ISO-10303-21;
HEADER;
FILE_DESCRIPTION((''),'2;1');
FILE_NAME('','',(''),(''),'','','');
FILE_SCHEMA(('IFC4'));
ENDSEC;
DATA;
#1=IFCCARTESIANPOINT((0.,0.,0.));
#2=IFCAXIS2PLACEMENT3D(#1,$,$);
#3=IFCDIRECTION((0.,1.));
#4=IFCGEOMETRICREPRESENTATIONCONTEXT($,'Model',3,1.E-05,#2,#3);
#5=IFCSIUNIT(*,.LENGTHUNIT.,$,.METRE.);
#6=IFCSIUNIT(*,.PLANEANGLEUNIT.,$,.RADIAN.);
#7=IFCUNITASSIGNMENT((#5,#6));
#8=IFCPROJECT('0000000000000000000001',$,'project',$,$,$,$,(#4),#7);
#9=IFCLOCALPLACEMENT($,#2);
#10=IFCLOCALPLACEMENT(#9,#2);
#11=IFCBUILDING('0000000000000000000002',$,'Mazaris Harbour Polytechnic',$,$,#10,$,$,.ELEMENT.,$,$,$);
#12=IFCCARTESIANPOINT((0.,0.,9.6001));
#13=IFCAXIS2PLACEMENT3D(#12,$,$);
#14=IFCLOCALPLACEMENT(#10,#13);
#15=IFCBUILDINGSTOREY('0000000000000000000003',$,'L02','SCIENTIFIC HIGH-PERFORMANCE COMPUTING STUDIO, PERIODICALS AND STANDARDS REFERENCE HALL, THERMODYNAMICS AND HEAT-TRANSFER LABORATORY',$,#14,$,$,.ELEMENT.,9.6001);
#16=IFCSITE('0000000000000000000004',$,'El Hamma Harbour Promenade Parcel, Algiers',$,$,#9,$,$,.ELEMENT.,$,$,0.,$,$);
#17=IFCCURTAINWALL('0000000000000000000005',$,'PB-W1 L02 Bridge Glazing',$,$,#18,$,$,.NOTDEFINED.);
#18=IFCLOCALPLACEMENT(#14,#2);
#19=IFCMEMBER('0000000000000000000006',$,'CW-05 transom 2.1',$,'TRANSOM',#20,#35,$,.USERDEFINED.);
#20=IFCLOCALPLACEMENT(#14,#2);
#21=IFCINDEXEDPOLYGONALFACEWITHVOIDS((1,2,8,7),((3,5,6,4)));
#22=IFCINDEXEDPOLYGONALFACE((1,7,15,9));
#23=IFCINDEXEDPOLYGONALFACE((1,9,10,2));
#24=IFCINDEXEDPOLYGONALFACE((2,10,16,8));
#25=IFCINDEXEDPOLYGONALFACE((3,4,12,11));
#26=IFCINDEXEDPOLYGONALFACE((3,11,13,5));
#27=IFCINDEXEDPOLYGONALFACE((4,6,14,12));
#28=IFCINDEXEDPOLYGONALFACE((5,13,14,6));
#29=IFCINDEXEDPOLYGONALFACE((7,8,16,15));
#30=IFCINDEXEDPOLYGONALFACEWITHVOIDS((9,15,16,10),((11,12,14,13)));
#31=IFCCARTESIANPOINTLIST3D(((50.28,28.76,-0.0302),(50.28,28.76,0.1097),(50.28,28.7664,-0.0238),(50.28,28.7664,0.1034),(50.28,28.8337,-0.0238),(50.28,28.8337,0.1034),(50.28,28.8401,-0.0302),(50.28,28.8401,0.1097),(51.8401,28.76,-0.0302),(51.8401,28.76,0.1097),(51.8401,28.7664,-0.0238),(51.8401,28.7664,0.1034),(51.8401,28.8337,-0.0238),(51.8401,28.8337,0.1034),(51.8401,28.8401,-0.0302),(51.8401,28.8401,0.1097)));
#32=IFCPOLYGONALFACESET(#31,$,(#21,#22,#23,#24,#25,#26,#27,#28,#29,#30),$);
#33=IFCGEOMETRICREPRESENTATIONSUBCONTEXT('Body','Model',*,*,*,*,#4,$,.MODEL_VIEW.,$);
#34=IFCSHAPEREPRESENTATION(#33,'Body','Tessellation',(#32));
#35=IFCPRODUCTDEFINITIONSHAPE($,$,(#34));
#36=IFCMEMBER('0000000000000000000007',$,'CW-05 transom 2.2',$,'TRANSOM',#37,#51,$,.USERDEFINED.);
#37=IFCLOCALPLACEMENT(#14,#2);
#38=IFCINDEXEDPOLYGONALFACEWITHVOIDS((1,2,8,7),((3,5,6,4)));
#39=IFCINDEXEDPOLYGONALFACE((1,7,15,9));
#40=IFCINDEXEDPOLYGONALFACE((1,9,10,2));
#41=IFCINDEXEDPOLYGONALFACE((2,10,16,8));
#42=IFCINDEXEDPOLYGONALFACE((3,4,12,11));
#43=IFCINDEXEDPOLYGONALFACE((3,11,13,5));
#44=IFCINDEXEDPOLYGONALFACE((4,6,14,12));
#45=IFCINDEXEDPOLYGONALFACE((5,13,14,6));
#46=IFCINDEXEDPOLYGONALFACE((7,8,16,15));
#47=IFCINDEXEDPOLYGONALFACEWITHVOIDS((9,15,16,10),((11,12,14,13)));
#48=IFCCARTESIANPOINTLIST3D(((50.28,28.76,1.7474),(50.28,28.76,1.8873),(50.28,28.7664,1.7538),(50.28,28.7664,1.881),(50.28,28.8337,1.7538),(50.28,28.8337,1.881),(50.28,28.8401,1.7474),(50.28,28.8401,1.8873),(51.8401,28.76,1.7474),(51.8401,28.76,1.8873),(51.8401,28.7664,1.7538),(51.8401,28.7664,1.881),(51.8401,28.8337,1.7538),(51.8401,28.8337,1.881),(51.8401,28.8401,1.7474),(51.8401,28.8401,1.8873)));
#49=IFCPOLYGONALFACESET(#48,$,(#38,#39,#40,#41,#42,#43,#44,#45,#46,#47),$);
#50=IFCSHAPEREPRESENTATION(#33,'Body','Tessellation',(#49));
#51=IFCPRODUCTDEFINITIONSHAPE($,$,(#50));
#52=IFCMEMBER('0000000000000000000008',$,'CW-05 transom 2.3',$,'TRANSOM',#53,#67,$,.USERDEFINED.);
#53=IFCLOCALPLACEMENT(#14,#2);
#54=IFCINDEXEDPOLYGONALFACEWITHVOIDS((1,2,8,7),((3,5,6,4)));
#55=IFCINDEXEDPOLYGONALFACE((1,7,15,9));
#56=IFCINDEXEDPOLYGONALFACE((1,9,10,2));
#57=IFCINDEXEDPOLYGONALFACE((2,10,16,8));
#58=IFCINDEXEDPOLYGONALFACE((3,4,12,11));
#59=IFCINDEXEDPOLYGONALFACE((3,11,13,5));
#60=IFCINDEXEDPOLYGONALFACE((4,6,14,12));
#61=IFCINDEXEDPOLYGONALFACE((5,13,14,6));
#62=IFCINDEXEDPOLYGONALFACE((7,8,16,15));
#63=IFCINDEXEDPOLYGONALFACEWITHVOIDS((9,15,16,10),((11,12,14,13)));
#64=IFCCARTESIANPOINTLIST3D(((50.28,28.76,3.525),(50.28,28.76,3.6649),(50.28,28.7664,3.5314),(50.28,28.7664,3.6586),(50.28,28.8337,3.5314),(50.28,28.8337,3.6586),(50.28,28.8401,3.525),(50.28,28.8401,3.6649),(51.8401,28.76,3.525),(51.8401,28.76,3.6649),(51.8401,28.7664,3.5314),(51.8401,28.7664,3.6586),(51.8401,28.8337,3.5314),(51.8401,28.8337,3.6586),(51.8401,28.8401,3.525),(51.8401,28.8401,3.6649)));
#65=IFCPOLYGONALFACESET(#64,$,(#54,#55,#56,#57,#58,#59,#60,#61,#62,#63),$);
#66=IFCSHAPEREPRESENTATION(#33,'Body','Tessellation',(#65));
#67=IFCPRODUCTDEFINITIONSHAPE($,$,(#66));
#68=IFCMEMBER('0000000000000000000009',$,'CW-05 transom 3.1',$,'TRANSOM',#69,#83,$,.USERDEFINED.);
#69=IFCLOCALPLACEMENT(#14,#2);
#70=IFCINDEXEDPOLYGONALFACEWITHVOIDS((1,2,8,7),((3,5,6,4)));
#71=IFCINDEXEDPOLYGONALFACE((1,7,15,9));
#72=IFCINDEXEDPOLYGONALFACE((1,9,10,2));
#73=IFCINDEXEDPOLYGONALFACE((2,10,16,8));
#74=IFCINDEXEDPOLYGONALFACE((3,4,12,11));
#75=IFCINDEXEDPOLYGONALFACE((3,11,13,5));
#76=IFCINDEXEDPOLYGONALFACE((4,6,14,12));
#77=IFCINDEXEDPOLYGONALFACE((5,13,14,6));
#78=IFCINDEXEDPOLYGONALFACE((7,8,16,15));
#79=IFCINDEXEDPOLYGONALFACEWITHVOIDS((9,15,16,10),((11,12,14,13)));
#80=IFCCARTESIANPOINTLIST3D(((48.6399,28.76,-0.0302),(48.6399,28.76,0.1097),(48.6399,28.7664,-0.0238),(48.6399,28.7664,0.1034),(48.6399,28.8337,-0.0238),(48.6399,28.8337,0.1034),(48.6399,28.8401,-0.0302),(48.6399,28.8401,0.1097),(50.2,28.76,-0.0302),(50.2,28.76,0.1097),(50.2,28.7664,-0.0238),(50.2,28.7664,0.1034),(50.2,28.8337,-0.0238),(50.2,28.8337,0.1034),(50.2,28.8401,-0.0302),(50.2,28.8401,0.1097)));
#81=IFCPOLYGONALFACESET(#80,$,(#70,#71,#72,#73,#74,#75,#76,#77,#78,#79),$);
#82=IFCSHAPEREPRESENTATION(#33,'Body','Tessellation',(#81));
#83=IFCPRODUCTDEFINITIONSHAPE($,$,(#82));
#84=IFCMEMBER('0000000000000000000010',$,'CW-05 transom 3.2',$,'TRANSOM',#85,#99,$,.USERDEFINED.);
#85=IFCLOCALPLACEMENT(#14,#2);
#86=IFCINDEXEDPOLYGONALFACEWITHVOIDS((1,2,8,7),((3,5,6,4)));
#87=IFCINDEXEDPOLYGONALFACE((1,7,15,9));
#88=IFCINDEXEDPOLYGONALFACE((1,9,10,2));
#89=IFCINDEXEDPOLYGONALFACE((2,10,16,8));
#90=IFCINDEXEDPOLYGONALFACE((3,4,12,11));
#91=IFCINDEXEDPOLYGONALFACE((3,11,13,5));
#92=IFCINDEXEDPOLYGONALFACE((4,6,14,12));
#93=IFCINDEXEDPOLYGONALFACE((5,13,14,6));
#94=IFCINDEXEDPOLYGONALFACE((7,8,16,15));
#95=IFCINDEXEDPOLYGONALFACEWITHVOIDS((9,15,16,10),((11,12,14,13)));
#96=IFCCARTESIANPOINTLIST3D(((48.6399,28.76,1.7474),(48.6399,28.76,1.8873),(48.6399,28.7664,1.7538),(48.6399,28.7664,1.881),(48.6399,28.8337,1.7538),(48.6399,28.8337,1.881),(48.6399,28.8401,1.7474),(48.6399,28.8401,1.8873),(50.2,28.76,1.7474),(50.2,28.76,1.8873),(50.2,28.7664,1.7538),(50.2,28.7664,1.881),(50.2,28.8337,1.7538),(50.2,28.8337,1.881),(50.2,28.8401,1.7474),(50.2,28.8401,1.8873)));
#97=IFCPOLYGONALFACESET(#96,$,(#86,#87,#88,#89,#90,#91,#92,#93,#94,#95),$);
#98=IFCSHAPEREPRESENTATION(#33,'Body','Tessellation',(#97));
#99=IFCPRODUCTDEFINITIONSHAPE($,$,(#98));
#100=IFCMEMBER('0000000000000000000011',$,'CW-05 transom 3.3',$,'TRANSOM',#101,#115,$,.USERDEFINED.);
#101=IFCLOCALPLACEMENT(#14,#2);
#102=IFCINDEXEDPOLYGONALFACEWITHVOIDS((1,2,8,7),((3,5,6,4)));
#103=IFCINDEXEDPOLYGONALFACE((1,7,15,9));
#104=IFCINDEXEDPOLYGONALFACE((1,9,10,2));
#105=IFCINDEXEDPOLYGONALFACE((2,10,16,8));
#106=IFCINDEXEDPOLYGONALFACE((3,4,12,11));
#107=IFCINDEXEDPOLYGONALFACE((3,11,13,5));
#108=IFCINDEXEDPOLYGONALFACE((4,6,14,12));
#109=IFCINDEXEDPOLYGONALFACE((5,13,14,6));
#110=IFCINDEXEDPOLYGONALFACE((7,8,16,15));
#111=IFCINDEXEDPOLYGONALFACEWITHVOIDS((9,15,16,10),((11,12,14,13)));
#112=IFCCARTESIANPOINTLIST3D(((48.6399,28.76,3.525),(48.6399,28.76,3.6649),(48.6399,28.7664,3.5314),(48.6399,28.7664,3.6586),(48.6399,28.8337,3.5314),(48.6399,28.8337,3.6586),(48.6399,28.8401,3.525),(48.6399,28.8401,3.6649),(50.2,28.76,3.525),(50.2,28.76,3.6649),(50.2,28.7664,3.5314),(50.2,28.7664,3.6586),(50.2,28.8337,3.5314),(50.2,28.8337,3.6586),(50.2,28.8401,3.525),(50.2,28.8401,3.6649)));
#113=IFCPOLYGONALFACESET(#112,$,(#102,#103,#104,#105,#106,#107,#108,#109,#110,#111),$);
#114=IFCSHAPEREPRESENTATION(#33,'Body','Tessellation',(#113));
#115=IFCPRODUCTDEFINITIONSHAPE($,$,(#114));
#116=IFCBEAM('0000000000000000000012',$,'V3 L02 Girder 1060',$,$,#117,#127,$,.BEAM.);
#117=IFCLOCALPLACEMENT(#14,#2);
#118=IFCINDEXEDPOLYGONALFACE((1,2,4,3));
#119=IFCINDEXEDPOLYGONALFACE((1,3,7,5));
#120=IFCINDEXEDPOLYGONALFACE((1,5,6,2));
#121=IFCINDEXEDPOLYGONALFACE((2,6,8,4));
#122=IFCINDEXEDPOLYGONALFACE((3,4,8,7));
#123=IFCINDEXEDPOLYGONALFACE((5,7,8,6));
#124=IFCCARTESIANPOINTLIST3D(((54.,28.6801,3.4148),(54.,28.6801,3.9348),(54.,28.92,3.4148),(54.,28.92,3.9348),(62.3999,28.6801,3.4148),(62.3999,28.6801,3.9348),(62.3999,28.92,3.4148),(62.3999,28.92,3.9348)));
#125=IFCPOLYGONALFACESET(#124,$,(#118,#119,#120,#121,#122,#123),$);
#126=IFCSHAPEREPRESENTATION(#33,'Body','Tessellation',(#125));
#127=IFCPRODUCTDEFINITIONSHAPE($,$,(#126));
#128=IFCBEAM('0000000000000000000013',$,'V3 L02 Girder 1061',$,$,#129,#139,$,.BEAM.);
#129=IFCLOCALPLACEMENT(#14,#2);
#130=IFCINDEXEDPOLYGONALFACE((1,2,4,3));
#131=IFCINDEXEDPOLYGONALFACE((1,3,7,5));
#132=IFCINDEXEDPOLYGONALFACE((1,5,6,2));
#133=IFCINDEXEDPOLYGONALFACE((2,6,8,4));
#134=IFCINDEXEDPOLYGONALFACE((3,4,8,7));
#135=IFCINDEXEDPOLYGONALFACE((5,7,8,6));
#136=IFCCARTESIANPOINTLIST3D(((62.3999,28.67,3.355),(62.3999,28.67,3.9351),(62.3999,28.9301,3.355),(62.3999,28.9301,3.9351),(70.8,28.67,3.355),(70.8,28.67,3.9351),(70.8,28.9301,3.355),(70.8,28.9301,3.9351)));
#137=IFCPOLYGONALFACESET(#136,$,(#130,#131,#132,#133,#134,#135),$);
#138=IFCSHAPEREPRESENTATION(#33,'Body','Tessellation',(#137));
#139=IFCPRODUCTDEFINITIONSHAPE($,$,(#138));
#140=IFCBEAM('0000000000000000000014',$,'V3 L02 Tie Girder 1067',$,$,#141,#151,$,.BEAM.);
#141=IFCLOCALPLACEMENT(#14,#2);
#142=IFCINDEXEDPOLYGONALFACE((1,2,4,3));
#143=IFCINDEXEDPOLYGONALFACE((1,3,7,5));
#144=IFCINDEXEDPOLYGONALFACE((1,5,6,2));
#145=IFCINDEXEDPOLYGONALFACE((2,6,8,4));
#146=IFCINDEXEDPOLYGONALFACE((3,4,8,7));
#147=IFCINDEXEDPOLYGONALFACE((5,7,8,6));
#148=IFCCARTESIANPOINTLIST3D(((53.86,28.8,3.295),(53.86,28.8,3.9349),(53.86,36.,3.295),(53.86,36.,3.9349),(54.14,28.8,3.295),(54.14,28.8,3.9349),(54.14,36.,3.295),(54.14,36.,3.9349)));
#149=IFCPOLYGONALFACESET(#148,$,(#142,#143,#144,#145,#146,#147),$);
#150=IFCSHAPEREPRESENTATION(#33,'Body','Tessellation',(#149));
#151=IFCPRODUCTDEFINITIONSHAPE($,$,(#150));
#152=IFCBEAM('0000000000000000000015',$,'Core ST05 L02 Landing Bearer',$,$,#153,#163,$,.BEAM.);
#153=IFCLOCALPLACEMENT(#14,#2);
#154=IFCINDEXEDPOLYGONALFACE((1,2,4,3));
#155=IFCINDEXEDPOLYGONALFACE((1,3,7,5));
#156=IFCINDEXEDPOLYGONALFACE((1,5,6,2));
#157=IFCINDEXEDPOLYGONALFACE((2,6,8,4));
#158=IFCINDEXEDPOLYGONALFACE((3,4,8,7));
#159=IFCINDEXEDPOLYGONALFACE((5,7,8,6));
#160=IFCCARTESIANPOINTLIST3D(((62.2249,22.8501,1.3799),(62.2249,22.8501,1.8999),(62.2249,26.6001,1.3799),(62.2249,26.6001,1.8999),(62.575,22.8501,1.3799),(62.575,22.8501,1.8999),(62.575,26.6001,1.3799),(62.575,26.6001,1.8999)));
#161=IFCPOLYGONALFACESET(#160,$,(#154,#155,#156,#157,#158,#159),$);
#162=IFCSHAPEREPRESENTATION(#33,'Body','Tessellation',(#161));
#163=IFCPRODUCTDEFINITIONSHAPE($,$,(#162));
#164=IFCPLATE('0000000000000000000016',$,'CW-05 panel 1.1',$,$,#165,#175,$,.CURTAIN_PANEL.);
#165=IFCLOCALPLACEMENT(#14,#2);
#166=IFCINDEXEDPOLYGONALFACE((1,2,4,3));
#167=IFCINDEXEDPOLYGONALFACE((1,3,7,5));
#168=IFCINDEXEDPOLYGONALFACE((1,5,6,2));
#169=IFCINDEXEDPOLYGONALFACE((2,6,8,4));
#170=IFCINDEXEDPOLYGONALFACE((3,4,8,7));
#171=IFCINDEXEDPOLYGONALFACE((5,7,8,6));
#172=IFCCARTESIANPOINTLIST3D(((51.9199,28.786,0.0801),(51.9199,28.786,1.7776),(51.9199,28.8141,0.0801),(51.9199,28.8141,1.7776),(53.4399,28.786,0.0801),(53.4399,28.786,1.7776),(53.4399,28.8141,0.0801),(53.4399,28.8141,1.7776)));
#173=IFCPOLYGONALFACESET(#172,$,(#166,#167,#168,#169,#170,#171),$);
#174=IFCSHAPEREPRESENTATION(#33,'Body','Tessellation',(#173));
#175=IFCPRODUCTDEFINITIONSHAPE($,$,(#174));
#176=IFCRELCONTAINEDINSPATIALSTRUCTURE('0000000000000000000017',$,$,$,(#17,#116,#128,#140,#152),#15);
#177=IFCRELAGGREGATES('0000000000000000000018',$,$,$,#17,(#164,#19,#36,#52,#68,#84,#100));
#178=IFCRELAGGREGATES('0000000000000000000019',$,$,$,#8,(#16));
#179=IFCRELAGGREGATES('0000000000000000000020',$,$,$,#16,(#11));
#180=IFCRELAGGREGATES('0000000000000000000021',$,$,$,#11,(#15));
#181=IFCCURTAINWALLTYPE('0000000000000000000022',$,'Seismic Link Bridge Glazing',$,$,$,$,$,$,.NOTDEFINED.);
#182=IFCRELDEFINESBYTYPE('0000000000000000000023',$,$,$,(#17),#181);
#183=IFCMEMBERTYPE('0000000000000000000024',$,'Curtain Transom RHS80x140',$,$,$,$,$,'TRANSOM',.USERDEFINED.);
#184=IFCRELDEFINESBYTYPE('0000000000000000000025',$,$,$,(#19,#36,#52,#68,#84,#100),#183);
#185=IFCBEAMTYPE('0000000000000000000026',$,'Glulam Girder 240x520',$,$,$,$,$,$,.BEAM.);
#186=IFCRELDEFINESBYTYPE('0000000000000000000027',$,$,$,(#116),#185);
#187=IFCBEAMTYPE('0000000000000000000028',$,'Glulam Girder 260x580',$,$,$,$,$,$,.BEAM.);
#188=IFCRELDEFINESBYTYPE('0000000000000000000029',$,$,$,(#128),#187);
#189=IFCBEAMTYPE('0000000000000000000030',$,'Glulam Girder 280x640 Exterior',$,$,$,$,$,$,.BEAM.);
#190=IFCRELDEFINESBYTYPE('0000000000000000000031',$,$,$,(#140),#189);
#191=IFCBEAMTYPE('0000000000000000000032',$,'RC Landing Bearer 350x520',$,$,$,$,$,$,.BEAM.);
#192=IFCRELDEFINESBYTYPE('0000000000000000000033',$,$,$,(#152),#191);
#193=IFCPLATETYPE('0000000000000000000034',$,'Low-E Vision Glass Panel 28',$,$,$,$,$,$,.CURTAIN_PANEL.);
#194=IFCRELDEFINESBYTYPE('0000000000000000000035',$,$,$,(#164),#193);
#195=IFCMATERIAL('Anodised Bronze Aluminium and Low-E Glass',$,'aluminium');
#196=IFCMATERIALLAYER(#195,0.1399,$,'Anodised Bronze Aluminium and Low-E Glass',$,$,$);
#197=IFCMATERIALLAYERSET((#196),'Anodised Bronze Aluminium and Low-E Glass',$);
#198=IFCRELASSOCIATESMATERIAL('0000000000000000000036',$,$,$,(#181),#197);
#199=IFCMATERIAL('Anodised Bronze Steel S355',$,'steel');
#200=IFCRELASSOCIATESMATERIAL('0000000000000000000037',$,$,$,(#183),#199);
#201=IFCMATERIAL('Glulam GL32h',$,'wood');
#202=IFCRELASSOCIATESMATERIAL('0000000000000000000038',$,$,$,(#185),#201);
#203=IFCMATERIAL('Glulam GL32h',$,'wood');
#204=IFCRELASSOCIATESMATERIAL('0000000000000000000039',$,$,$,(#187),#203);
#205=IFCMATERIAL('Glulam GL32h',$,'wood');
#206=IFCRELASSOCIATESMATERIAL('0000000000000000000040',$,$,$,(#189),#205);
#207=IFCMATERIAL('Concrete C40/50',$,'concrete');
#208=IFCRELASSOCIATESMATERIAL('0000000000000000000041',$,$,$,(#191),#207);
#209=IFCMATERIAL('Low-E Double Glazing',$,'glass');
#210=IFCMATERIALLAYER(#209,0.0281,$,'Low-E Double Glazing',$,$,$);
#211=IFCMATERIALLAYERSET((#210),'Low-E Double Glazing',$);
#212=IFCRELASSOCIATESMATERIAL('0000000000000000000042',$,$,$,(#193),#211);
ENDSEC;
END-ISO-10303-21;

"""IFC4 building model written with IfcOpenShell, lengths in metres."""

from ifc_helpers import new_model, si_unit, direction, frame, origin, origin_2d, place, context, subcontext, project, spatial, rectangle, hollow_rectangle, extrude, material, layer, layer_set, material_profile, profile_set, type_object, element, aggregate, save


model = new_model("IFC4")

# Units and contexts
model_context = context("Model", 3, precision=1e-05, world=origin(), true_north=direction((0.0, 1.0)))
body_context = subcontext(model_context, "Body", "Model", "MODEL_VIEW")
ifc_project = project(units=[si_unit("LENGTHUNIT", "METRE"), si_unit("PLANEANGLEUNIT", "RADIAN")], contexts=[model_context])

# Site, building, storey
site_placement = place(None, origin())
site = spatial("IfcSite", under=ifc_project, at=site_placement, Name="El Hamma Harbour Promenade Parcel, Algiers", CompositionType="ELEMENT", RefElevation=0.0)
building_placement = place(site_placement, origin())
building = spatial("IfcBuilding", under=site, at=building_placement, Name="Mazaris Harbour Polytechnic", CompositionType="ELEMENT")
storey_placement = place(building_placement, frame((0.0, 0.0, 9.6001)))
storey = spatial("IfcBuildingStorey", under=building, at=storey_placement, Name="L02", Description="SCIENTIFIC HIGH-PERFORMANCE COMPUTING STUDIO, PERIODICALS AND STANDARDS REFERENCE HALL, THERMODYNAMICS AND HEAT-TRANSFER LABORATORY", CompositionType="ELEMENT", Elevation=9.6001)

# Curtain wall, members
ifc_material_1 = material(Name="Anodised Bronze Aluminium and Low-E Glass", Category="aluminium")
ifc_layer_1 = layer(ifc_material_1, 0.1399, Name="Anodised Bronze Aluminium and Low-E Glass")
ifc_layer_set_1 = layer_set([ifc_layer_1], Name="Anodised Bronze Aluminium and Low-E Glass")
curtain_wall_type = type_object("IfcCurtainWallType", Name="Seismic Link Bridge Glazing", PredefinedType="NOTDEFINED", material=ifc_layer_set_1)
curtain_wall_placement = place(storey_placement, origin())
curtain_wall = element("IfcCurtainWall", 1, at=curtain_wall_placement, inside=storey, type_object=curtain_wall_type, Name="PB-W1 L02 Bridge Glazing", PredefinedType="NOTDEFINED")
ifc_material_2 = material(Name="Anodised Bronze Steel S355", Category="steel")
ifc_material_profile_1 = material_profile(ifc_material_2, hollow_rectangle(XDim=0.0801, YDim=0.1399, WallThickness=0.0063, at=origin_2d()), Name="RHS 80x140x6.3")
ifc_profile_set_1 = profile_set([ifc_material_profile_1], Name="Anodised Bronze Steel S355")
member_type_1 = type_object("IfcMemberType", Name="Curtain Transom RHS80x140", ElementType="TRANSOM", PredefinedType="USERDEFINED", material=ifc_profile_set_1)
member_1_placement = place(storey_placement, frame((51.8401, 28.8, 0.0398), z_axis=(-1.0, 0.0, 0.0), x_axis=(0.0, -1.0, 0.0)))
member_1 = element("IfcMember", 2, at=member_1_placement, type_object=member_type_1, Name="CW-05 transom 2.1", ObjectType="TRANSOM", PredefinedType="USERDEFINED", context=body_context, shape_type="SweptSolid", body=[
    extrude(hollow_rectangle(XDim=0.0801, YDim=0.1399, WallThickness=0.0063, at=origin_2d()), origin(), (0.0, 0.0, 1.0), 1.5601),
])
member_2_placement = place(storey_placement, frame((51.8401, 28.8, 1.8174), z_axis=(-1.0, 0.0, 0.0), x_axis=(0.0, -1.0, 0.0)))
member_2 = element("IfcMember", 3, at=member_2_placement, type_object=member_type_1, Name="CW-05 transom 2.2", ObjectType="TRANSOM", PredefinedType="USERDEFINED", context=body_context, shape_type="SweptSolid", body=[
    extrude(hollow_rectangle(XDim=0.0801, YDim=0.1399, WallThickness=0.0063, at=origin_2d()), origin(), (0.0, 0.0, 1.0), 1.5601),
])
member_3_placement = place(storey_placement, frame((51.8401, 28.8, 3.595), z_axis=(-1.0, 0.0, 0.0), x_axis=(0.0, -1.0, 0.0)))
member_3 = element("IfcMember", 4, at=member_3_placement, type_object=member_type_1, Name="CW-05 transom 2.3", ObjectType="TRANSOM", PredefinedType="USERDEFINED", context=body_context, shape_type="SweptSolid", body=[
    extrude(hollow_rectangle(XDim=0.0801, YDim=0.1399, WallThickness=0.0063, at=origin_2d()), origin(), (0.0, 0.0, 1.0), 1.5601),
])
member_4_placement = place(storey_placement, frame((50.2, 28.8, 0.0398), z_axis=(-1.0, 0.0, 0.0), x_axis=(0.0, -1.0, 0.0)))
member_4 = element("IfcMember", 5, at=member_4_placement, type_object=member_type_1, Name="CW-05 transom 3.1", ObjectType="TRANSOM", PredefinedType="USERDEFINED", context=body_context, shape_type="SweptSolid", body=[
    extrude(hollow_rectangle(XDim=0.0801, YDim=0.1399, WallThickness=0.0063, at=origin_2d()), origin(), (0.0, 0.0, 1.0), 1.5601),
])
member_5_placement = place(storey_placement, frame((50.2, 28.8, 1.8174), z_axis=(-1.0, 0.0, 0.0), x_axis=(0.0, -1.0, 0.0)))
member_5 = element("IfcMember", 6, at=member_5_placement, type_object=member_type_1, Name="CW-05 transom 3.2", ObjectType="TRANSOM", PredefinedType="USERDEFINED", context=body_context, shape_type="SweptSolid", body=[
    extrude(hollow_rectangle(XDim=0.0801, YDim=0.1399, WallThickness=0.0063, at=origin_2d()), origin(), (0.0, 0.0, 1.0), 1.5601),
])
member_6_placement = place(storey_placement, frame((50.2, 28.8, 3.595), z_axis=(-1.0, 0.0, 0.0), x_axis=(0.0, -1.0, 0.0)))
member_6 = element("IfcMember", 7, at=member_6_placement, type_object=member_type_1, Name="CW-05 transom 3.3", ObjectType="TRANSOM", PredefinedType="USERDEFINED", context=body_context, shape_type="SweptSolid", body=[
    extrude(hollow_rectangle(XDim=0.0801, YDim=0.1399, WallThickness=0.0063, at=origin_2d()), origin(), (0.0, 0.0, 1.0), 1.5601),
])

# Beams
ifc_material_3 = material(Name="Glulam GL32h", Category="wood")
ifc_material_profile_2 = material_profile(ifc_material_3, rectangle(XDim=0.24, YDim=0.52, at=origin_2d()), Name="RECT240x520")
ifc_profile_set_2 = profile_set([ifc_material_profile_2], Name="Glulam GL32h")
beam_type_1 = type_object("IfcBeamType", Name="Glulam Girder 240x520", PredefinedType="BEAM", material=ifc_profile_set_2)
beam_1_placement = place(storey_placement, frame((54.0, 28.8, 3.6748), z_axis=(1.0, 0.0, 0.0), x_axis=(0.0, 1.0, 0.0)))
element("IfcBeam", 8, at=beam_1_placement, inside=storey, type_object=beam_type_1, Name="V3 L02 Girder 1060", PredefinedType="BEAM", context=body_context, shape_type="SweptSolid", body=[
    extrude(rectangle(XDim=0.24, YDim=0.52, at=origin_2d()), origin(), (0.0, 0.0, 1.0), 8.3999),
])
ifc_material_4 = material(Name="Glulam GL32h", Category="wood")
ifc_material_profile_3 = material_profile(ifc_material_4, rectangle(XDim=0.26, YDim=0.5801, at=origin_2d()), Name="RECT260x580")
ifc_profile_set_3 = profile_set([ifc_material_profile_3], Name="Glulam GL32h")
beam_type_2 = type_object("IfcBeamType", Name="Glulam Girder 260x580", PredefinedType="BEAM", material=ifc_profile_set_3)
beam_2_placement = place(storey_placement, frame((62.3999, 28.8, 3.645), z_axis=(1.0, 0.0, 0.0), x_axis=(0.0, 1.0, 0.0)))
element("IfcBeam", 9, at=beam_2_placement, inside=storey, type_object=beam_type_2, Name="V3 L02 Girder 1061", PredefinedType="BEAM", context=body_context, shape_type="SweptSolid", body=[
    extrude(rectangle(XDim=0.26, YDim=0.5801, at=origin_2d()), origin(), (0.0, 0.0, 1.0), 8.4001),
])
ifc_material_5 = material(Name="Glulam GL32h", Category="wood")
ifc_material_profile_4 = material_profile(ifc_material_5, rectangle(XDim=0.28, YDim=0.6399, at=origin_2d()), Name="RECT280x640")
ifc_profile_set_4 = profile_set([ifc_material_profile_4], Name="Glulam GL32h")
beam_type_3 = type_object("IfcBeamType", Name="Glulam Girder 280x640 Exterior", PredefinedType="BEAM", material=ifc_profile_set_4)
beam_3_placement = place(storey_placement, frame((54.0, 28.8, 3.615), z_axis=(0.0, 1.0, 0.0), x_axis=(-1.0, 0.0, 0.0)))
element("IfcBeam", 10, at=beam_3_placement, inside=storey, type_object=beam_type_3, Name="V3 L02 Tie Girder 1067", PredefinedType="BEAM", context=body_context, shape_type="SweptSolid", body=[
    extrude(rectangle(XDim=0.28, YDim=0.6399, at=origin_2d()), origin(), (0.0, 0.0, 1.0), 7.2),
])
ifc_material_6 = material(Name="Concrete C40/50", Category="concrete")
ifc_material_profile_5 = material_profile(ifc_material_6, rectangle(XDim=0.3501, YDim=0.52, at=origin_2d()), Name="RECT350x520")
ifc_profile_set_5 = profile_set([ifc_material_profile_5], Name="Concrete C40/50")
beam_type_4 = type_object("IfcBeamType", Name="RC Landing Bearer 350x520", PredefinedType="BEAM", material=ifc_profile_set_5)
beam_4_placement = place(storey_placement, frame((62.3999, 22.8501, 1.6399), z_axis=(0.0, 1.0, 0.0), x_axis=(-1.0, 0.0, 0.0)))
element("IfcBeam", 11, at=beam_4_placement, inside=storey, type_object=beam_type_4, Name="Core ST05 L02 Landing Bearer", PredefinedType="BEAM", context=body_context, shape_type="SweptSolid", body=[
    extrude(rectangle(XDim=0.3501, YDim=0.52, at=origin_2d()), origin(), (0.0, 0.0, 1.0), 3.75),
])

# Plate
ifc_material_7 = material(Name="Low-E Double Glazing", Category="glass")
ifc_layer_2 = layer(ifc_material_7, 0.0281, Name="Low-E Double Glazing")
ifc_layer_set_2 = layer_set([ifc_layer_2], Name="Low-E Double Glazing")
plate_type = type_object("IfcPlateType", Name="Low-E Vision Glass Panel 28", PredefinedType="CURTAIN_PANEL", material=ifc_layer_set_2)
plate_1_placement = place(storey_placement, frame((52.6799, 28.8, 0.0801), z_axis=(0.0, 0.0, 1.0), x_axis=(-1.0, 0.0, 0.0)))
plate_1 = element("IfcPlate", 12, at=plate_1_placement, type_object=plate_type, Name="CW-05 panel 1.1", PredefinedType="CURTAIN_PANEL", context=body_context, shape_type="SweptSolid", body=[
    extrude(rectangle(XDim=1.52, YDim=0.0281, at=origin_2d()), origin(), (0.0, 0.0, 1.0), 1.6975),
])
aggregate(curtain_wall, [plate_1, member_1, member_2, member_3, member_4, member_5, member_6])

save(model, "model.ifc")
